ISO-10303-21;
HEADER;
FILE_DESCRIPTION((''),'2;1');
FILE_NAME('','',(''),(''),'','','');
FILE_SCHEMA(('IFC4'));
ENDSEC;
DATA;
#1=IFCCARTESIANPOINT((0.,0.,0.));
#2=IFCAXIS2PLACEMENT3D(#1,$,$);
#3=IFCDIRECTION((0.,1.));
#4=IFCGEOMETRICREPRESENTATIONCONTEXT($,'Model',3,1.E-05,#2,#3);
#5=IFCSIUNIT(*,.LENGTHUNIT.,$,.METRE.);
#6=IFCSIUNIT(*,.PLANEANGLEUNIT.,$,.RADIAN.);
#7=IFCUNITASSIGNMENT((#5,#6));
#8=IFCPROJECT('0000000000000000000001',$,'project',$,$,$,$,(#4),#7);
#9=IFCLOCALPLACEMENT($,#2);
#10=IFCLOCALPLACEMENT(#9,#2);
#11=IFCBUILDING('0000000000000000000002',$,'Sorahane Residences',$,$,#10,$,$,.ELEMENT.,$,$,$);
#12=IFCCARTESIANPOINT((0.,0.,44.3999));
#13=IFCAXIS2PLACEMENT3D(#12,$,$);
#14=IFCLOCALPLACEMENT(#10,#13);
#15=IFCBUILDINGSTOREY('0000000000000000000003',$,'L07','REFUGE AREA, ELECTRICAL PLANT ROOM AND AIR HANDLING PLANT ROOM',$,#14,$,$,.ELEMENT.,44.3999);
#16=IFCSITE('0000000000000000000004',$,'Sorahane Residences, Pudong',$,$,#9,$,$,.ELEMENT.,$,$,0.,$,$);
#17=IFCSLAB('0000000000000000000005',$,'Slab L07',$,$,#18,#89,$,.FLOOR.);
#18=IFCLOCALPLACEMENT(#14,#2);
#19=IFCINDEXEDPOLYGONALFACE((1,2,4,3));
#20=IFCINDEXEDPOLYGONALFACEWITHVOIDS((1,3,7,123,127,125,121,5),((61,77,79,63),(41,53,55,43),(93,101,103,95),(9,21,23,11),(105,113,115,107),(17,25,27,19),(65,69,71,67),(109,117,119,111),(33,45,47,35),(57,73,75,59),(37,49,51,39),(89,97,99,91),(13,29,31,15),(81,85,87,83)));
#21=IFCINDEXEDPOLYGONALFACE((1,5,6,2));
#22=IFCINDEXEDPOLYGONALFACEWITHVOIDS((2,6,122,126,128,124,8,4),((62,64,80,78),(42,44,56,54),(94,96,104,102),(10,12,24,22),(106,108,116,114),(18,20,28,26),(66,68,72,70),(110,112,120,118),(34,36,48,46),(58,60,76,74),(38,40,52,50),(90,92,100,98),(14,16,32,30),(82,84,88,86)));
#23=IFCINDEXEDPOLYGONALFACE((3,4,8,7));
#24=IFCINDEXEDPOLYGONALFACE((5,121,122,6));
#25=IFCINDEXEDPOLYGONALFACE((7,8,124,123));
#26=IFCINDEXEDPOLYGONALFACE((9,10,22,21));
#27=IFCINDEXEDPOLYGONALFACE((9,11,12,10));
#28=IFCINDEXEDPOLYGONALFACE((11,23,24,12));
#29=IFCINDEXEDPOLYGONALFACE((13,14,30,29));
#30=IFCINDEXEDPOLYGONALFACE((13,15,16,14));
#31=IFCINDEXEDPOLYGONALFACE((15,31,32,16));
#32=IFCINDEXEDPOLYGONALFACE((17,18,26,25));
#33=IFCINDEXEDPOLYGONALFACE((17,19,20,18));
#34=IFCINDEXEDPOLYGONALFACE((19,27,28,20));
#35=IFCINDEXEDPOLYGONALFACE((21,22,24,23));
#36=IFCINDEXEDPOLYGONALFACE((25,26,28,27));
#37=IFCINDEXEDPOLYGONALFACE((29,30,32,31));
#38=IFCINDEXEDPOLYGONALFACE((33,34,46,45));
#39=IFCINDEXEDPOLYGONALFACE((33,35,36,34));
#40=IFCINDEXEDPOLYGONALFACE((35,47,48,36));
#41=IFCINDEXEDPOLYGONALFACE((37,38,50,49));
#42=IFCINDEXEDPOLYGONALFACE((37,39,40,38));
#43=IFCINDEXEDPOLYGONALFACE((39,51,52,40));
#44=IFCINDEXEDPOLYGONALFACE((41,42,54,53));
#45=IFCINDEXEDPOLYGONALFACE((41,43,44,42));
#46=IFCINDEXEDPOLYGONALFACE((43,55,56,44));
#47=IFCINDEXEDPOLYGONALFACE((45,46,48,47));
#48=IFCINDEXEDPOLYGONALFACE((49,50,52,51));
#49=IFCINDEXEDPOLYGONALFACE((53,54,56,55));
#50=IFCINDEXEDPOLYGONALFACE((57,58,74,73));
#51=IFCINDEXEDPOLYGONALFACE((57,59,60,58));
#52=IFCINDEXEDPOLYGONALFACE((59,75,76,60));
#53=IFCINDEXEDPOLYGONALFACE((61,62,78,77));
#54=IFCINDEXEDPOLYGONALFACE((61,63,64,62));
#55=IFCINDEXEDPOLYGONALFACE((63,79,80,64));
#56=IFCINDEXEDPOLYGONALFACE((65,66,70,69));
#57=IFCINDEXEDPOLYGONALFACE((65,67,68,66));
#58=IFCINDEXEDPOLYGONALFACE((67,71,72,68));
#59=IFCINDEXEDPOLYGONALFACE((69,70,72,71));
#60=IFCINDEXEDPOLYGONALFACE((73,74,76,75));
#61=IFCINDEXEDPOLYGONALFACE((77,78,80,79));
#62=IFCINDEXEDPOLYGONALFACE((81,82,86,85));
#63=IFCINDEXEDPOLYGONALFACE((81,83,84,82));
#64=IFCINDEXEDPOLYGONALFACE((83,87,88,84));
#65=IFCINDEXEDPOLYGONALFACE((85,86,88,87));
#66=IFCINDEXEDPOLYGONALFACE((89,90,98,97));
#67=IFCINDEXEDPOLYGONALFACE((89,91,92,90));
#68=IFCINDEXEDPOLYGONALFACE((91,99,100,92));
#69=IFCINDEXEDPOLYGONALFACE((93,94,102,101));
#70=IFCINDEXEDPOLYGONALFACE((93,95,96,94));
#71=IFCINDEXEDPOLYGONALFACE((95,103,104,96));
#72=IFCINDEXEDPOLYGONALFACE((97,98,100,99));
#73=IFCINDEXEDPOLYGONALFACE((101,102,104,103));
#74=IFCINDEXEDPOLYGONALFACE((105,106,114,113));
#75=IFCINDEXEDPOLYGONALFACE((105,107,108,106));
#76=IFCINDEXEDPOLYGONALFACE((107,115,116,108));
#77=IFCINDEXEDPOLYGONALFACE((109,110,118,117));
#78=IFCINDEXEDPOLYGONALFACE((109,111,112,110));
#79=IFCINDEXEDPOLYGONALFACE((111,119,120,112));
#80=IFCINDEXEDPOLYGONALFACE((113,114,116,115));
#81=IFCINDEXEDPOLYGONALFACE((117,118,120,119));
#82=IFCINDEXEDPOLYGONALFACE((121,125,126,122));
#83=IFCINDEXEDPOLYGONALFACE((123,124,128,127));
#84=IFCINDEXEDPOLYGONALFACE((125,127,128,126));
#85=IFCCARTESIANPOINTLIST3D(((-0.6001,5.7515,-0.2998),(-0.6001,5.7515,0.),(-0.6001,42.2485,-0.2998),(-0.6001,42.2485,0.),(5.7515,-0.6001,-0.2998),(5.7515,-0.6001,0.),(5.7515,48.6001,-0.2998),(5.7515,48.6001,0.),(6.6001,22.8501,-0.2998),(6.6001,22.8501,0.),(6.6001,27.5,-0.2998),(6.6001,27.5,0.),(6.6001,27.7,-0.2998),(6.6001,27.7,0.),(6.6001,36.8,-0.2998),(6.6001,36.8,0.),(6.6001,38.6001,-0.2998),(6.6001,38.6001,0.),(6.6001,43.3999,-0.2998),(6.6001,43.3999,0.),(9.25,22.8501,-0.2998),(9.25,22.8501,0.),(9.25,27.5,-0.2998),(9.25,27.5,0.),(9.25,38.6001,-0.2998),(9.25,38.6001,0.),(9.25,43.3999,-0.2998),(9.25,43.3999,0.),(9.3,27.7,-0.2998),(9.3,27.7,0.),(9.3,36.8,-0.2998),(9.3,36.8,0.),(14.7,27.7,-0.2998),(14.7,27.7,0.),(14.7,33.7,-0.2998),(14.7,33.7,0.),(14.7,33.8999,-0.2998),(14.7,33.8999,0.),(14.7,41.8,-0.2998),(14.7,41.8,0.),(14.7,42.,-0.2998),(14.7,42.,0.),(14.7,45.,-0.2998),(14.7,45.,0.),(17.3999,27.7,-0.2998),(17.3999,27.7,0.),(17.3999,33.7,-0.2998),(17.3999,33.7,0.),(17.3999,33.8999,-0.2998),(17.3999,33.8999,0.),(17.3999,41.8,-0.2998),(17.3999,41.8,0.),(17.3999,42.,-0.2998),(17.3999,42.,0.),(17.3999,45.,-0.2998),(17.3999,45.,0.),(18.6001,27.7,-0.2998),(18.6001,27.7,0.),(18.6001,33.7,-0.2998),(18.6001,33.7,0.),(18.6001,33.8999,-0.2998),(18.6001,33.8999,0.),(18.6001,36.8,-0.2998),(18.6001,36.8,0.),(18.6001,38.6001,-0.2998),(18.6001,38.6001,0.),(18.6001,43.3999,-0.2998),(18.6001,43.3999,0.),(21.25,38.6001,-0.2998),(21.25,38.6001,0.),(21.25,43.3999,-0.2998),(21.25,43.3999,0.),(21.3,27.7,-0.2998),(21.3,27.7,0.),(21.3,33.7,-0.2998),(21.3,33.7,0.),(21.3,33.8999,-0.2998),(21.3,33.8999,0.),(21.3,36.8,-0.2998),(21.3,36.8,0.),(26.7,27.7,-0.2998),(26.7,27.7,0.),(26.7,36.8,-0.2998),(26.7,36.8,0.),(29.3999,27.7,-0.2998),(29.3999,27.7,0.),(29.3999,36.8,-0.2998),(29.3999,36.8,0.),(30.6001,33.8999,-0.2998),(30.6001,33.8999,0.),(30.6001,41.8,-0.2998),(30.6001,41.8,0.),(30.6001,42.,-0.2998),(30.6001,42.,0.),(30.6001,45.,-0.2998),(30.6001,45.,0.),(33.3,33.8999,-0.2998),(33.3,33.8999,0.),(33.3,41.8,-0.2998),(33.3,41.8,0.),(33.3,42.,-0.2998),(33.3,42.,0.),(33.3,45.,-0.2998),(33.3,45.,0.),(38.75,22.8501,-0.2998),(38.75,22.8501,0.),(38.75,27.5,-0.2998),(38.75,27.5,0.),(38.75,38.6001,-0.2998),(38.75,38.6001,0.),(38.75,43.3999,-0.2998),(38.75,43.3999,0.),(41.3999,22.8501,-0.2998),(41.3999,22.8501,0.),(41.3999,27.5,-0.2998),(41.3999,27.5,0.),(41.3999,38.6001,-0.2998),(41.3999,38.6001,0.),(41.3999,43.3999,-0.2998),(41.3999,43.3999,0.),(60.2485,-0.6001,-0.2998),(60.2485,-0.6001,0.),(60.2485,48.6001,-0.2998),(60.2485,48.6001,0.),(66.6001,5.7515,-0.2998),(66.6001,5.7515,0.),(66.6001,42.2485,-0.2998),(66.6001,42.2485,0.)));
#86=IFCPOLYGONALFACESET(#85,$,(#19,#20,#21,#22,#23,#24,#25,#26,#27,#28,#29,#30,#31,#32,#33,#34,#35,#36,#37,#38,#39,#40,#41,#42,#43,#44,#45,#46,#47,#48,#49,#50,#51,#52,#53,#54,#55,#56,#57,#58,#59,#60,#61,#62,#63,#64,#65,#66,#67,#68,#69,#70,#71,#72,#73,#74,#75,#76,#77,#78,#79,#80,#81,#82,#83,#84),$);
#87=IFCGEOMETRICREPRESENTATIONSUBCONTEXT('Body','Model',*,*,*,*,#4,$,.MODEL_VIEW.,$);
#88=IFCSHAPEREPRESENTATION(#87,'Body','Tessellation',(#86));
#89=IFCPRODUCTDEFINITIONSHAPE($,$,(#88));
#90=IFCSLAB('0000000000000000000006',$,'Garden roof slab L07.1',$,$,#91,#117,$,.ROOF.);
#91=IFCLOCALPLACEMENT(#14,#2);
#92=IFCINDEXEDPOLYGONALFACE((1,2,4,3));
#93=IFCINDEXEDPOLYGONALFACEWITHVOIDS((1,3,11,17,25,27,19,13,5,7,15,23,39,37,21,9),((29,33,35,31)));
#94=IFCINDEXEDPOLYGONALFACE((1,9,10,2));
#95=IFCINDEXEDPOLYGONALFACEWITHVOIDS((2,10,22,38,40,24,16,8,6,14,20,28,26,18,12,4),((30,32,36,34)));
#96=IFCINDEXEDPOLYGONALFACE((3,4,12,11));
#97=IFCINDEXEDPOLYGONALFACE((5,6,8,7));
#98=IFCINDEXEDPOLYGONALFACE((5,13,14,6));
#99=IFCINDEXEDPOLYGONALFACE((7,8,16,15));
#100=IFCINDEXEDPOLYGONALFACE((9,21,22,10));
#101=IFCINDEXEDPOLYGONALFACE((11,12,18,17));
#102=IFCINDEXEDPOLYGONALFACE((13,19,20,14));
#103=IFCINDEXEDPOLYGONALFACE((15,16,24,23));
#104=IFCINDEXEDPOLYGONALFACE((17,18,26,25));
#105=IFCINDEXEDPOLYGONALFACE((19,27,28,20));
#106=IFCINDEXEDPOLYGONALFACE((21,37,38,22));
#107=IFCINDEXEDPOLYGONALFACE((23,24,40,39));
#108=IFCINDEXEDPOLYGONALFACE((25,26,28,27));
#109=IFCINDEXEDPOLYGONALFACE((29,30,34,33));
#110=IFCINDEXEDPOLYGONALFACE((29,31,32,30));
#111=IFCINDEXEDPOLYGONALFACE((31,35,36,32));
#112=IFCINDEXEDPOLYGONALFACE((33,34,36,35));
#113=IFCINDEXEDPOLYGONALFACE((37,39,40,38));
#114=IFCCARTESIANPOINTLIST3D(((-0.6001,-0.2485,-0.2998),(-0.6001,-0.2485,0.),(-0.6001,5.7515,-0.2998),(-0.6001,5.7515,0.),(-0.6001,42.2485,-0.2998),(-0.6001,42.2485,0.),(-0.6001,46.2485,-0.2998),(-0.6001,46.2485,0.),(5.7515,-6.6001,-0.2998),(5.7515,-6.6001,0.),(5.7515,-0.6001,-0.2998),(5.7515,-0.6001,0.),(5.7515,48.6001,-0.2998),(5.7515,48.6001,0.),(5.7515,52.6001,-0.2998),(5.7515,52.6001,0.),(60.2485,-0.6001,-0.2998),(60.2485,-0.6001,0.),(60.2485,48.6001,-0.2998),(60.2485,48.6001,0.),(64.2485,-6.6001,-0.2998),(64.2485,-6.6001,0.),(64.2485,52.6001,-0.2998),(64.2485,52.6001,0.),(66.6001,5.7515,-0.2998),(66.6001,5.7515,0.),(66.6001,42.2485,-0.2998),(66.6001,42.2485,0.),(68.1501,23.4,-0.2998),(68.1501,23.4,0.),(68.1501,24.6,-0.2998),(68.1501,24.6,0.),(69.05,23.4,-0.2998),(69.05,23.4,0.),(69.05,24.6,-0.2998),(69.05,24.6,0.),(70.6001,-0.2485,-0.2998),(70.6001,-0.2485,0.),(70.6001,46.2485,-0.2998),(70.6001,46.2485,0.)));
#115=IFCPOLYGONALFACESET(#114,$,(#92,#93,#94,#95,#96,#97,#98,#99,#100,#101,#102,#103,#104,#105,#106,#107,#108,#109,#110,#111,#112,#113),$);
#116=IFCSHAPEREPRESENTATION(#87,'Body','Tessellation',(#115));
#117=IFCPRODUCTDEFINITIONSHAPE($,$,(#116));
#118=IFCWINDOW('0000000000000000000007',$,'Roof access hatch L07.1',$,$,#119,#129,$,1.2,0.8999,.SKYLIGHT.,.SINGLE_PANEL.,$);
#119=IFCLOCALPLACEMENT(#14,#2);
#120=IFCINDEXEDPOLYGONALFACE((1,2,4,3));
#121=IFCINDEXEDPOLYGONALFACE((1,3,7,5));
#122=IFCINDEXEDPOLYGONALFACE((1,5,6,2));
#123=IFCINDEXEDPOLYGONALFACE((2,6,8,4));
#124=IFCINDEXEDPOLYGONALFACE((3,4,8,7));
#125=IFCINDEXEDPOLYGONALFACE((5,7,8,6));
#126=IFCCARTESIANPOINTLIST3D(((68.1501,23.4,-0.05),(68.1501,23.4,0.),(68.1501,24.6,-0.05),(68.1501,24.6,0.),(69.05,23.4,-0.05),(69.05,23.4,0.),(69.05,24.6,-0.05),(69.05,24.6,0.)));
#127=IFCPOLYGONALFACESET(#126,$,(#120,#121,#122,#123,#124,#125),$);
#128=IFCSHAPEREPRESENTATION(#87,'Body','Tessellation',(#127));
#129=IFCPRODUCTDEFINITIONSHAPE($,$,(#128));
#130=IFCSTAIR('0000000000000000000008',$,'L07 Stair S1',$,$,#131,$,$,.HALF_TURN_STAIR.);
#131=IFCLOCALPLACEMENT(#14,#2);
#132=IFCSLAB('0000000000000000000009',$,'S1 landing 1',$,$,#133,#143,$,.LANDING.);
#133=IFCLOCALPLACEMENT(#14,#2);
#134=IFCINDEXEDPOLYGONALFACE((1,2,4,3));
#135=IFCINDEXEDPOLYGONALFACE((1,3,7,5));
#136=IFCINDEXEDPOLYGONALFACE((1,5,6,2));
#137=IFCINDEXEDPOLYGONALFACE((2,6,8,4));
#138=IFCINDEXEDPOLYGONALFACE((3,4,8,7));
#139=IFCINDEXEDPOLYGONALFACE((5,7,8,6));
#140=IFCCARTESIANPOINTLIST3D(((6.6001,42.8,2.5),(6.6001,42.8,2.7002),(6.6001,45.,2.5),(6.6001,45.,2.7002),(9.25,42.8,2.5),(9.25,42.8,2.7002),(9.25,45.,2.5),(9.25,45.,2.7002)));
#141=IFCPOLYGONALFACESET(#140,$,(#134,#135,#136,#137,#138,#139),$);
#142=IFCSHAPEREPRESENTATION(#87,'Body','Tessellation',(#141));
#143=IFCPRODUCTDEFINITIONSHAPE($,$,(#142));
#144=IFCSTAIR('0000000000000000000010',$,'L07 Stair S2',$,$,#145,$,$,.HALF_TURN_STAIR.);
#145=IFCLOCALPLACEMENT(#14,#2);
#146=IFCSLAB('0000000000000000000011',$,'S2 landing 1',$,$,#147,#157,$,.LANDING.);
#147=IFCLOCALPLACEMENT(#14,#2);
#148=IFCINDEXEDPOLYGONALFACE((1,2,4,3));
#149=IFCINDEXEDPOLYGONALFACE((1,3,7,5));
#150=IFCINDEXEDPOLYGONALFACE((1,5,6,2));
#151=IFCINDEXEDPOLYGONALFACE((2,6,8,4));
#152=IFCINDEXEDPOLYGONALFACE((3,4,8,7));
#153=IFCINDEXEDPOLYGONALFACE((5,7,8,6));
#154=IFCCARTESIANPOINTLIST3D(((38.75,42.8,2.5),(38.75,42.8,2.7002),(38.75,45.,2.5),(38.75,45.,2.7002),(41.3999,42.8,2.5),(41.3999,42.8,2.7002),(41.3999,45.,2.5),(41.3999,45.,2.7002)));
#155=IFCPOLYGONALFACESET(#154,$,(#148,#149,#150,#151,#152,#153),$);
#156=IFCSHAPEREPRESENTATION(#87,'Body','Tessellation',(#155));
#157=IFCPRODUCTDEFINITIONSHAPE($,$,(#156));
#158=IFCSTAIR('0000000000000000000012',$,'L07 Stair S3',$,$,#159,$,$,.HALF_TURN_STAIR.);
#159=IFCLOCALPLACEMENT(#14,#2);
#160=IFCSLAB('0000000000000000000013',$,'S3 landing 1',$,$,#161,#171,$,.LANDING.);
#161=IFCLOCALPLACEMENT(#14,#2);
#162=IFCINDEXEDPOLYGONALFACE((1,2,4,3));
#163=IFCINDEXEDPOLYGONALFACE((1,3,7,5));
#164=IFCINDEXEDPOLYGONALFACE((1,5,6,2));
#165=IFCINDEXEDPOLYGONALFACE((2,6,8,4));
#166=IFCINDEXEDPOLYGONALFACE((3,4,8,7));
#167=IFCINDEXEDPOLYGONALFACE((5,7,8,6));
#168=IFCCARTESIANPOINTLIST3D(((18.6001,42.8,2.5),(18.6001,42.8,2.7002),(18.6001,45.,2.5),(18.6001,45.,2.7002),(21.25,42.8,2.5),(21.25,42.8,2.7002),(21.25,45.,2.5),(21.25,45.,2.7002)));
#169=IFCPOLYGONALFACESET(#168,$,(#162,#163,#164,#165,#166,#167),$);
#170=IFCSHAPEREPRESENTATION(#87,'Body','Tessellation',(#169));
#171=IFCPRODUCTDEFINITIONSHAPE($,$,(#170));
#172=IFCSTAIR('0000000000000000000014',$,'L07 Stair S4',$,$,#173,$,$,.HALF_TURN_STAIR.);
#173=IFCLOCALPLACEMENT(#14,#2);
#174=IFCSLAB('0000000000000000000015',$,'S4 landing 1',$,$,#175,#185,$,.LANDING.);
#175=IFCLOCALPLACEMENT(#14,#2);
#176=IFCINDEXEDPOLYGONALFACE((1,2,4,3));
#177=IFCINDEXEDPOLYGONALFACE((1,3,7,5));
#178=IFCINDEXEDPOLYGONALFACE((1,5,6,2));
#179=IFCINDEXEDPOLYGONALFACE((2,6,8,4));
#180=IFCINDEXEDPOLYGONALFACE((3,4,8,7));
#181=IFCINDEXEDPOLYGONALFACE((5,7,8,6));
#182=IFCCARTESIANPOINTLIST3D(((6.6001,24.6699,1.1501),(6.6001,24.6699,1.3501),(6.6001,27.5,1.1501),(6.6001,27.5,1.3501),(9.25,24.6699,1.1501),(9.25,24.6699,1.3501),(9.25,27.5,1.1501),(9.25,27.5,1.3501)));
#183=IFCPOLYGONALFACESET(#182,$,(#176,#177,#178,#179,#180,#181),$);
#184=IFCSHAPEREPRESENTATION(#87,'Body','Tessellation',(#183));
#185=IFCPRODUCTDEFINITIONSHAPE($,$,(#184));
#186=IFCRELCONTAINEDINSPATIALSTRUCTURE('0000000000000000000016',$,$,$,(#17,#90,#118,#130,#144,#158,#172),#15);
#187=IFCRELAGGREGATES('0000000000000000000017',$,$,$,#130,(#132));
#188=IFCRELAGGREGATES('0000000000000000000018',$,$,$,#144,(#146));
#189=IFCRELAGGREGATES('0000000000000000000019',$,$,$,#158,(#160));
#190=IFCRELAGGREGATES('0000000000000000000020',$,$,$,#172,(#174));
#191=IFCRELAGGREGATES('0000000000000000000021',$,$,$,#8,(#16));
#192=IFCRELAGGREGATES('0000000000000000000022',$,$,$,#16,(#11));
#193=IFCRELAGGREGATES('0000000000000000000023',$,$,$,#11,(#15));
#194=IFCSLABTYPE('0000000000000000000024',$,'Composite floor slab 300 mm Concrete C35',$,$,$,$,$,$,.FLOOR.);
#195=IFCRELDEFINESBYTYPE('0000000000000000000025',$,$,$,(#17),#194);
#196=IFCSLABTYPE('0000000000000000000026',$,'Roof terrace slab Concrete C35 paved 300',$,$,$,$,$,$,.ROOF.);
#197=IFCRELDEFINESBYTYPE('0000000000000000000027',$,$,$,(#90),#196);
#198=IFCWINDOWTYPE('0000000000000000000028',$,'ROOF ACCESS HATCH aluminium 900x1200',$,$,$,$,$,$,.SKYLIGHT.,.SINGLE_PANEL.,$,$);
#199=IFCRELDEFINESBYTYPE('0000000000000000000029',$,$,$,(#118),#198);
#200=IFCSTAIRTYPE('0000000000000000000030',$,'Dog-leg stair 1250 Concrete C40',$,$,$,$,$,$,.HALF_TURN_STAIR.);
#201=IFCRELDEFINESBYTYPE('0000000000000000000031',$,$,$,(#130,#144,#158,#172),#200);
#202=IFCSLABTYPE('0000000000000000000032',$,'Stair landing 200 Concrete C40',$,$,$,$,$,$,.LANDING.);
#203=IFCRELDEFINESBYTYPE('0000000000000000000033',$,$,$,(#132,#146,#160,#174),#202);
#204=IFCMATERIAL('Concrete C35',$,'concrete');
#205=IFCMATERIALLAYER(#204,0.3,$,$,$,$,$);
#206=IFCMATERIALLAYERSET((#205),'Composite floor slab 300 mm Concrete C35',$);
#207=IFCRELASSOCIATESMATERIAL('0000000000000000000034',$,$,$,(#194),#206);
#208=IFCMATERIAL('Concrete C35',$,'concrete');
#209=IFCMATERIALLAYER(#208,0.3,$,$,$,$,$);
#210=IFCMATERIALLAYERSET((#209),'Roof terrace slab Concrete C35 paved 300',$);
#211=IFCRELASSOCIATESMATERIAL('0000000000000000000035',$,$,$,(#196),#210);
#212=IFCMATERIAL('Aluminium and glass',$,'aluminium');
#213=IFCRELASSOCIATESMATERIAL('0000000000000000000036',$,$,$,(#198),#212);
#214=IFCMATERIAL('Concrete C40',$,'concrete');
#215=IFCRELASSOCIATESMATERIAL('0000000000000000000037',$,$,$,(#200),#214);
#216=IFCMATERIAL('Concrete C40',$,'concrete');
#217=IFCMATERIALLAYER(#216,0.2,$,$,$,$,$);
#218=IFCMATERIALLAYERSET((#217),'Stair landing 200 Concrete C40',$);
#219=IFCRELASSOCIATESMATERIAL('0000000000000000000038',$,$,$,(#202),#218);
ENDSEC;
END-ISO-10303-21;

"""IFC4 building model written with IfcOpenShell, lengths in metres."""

from ifc_helpers import new_model, si_unit, direction, frame, origin, origin_2d, place, context, subcontext, project, spatial, polyline, rectangle, outline, extrude, material, layer, layer_set, type_object, element, fill, aggregate, save


model = new_model("IFC4")

# Units and contexts
model_context = context("Model", 3, precision=1e-05, world=origin(), true_north=direction((0.0, 1.0)))
body_context = subcontext(model_context, "Body", "Model", "MODEL_VIEW")
ifc_project = project(units=[si_unit("LENGTHUNIT", "METRE"), si_unit("PLANEANGLEUNIT", "RADIAN")], contexts=[model_context])

# Site, building, storey
site_placement = place(None, origin())
site = spatial("IfcSite", under=ifc_project, at=site_placement, Name="Sorahane Residences, Pudong", CompositionType="ELEMENT", RefElevation=0.0)
building_placement = place(site_placement, origin())
building = spatial("IfcBuilding", under=site, at=building_placement, Name="Sorahane Residences", CompositionType="ELEMENT")
storey_placement = place(building_placement, frame((0.0, 0.0, 44.3999)))
storey = spatial("IfcBuildingStorey", under=building, at=storey_placement, Name="L07", Description="REFUGE AREA, ELECTRICAL PLANT ROOM AND AIR HANDLING PLANT ROOM", CompositionType="ELEMENT", Elevation=44.3999)

# Slab
ifc_material_1 = material(Name="Concrete C35", Category="concrete")
ifc_layer_1 = layer(ifc_material_1, 0.3)
ifc_layer_set_1 = layer_set([ifc_layer_1], Name="Composite floor slab 300 mm Concrete C35")
slab_type_1 = type_object("IfcSlabType", Name="Composite floor slab 300 mm Concrete C35", PredefinedType="FLOOR", material=ifc_layer_set_1)
slab_1_placement = place(storey_placement, frame((0.0, 0.0, -0.2998)))
element("IfcSlab", 1, at=slab_1_placement, inside=storey, type_object=slab_type_1, Name="Slab L07", PredefinedType="FLOOR", context=body_context, shape_type="SweptSolid", body=[
    extrude(outline(polyline([(5.7515, -0.6001), (-0.6001, 5.7515), (-0.6001, 42.2485), (5.7515, 48.6001), (60.2485, 48.6001), (66.6001, 42.2485), (66.6001, 5.7515), (60.2485, -0.6001), (5.7515, -0.6001)]), holes=[polyline([(18.6001, 27.7), (21.3, 27.7), (21.3, 33.7), (18.6001, 33.7), (18.6001, 27.7)]), polyline([(30.6001, 42.0), (33.3, 42.0), (33.3, 45.0), (30.6001, 45.0), (30.6001, 42.0)]), polyline([(14.7, 27.7), (17.3999, 27.7), (17.3999, 33.7), (14.7, 33.7), (14.7, 27.7)]), polyline([(14.7, 42.0), (17.3999, 42.0), (17.3999, 45.0), (14.7, 45.0), (14.7, 42.0)]), polyline([(6.6001, 27.7), (9.3, 27.7), (9.3, 36.8), (6.6001, 36.8), (6.6001, 27.7)]), polyline([(6.6001, 43.3999), (9.25, 43.3999), (9.25, 38.6001), (6.6001, 38.6001), (6.6001, 43.3999)]), polyline([(38.75, 43.3999), (41.3999, 43.3999), (41.3999, 38.6001), (38.75, 38.6001), (38.75, 43.3999)]), polyline([(18.6001, 43.3999), (21.25, 43.3999), (21.25, 38.6001), (18.6001, 38.6001), (18.6001, 43.3999)]), polyline([(6.6001, 27.5), (9.25, 27.5), (9.25, 22.8501), (6.6001, 22.8501), (6.6001, 27.5)]), polyline([(38.75, 27.5), (41.3999, 27.5), (41.3999, 22.8501), (38.75, 22.8501), (38.75, 27.5)]), polyline([(14.7, 33.8999), (17.3999, 33.8999), (17.3999, 41.8), (14.7, 41.8), (14.7, 33.8999)]), polyline([(30.6001, 33.8999), (33.3, 33.8999), (33.3, 41.8), (30.6001, 41.8), (30.6001, 33.8999)]), polyline([(18.6001, 33.8999), (21.3, 33.8999), (21.3, 36.8), (18.6001, 36.8), (18.6001, 33.8999)]), polyline([(26.7, 27.7), (29.3999, 27.7), (29.3999, 36.8), (26.7, 36.8), (26.7, 27.7)])]), origin(), (0.0, 0.0, 1.0), 0.2998),
])

# Slab, opening, window
ifc_material_2 = material(Name="Concrete C35", Category="concrete")
ifc_layer_2 = layer(ifc_material_2, 0.3)
ifc_layer_set_2 = layer_set([ifc_layer_2], Name="Roof terrace slab Concrete C35 paved 300")
slab_type_2 = type_object("IfcSlabType", Name="Roof terrace slab Concrete C35 paved 300", PredefinedType="ROOF", material=ifc_layer_set_2)
slab_2_placement = place(storey_placement, frame((0.0, 0.0, -0.2998)))
slab_2 = element("IfcSlab", 2, at=slab_2_placement, inside=storey, type_object=slab_type_2, Name="Garden roof slab L07.1", PredefinedType="ROOF", context=body_context, shape_type="SweptSolid", body=[
    extrude(outline(polyline([(-0.6001, -0.2485), (-0.6001, 5.7515), (5.7515, -0.6001), (60.2485, -0.6001), (66.6001, 5.7515), (66.6001, 42.2485), (60.2485, 48.6001), (5.7515, 48.6001), (-0.6001, 42.2485), (-0.6001, 46.2485), (5.7515, 52.6001), (64.2485, 52.6001), (70.6001, 46.2485), (70.6001, -0.2485), (64.2485, -6.6001), (5.7515, -6.6001), (-0.6001, -0.2485)])), origin(), (0.0, 0.0, 1.0), 0.2998),
])
opening_1_placement = place(slab_2_placement, frame((68.6001, 24.0, 0.0)))
opening_1 = element("IfcOpeningElement", 3, at=opening_1_placement, cuts=slab_2, PredefinedType="OPENING", context=body_context, shape_type="SweptSolid", body=[
    extrude(rectangle(XDim=0.8999, YDim=1.2, at=origin_2d()), frame((0.0, 0.0, -0.01)), (0.0, 0.0, 1.0), 0.3198),
])
ifc_material_3 = material(Name="Aluminium and glass", Category="aluminium")
window_type_1 = type_object("IfcWindowType", Name="ROOF ACCESS HATCH aluminium 900x1200", PartitioningType="SINGLE_PANEL", PredefinedType="SKYLIGHT", material=ifc_material_3)
window_1_placement = place(opening_1_placement, frame((0.0, 0.0, 0.2498)))
window_1 = element("IfcWindow", 4, at=window_1_placement, inside=storey, type_object=window_type_1, Name="Roof access hatch L07.1", OverallHeight=1.2, OverallWidth=0.8999, PartitioningType="SINGLE_PANEL", PredefinedType="SKYLIGHT", context=body_context, shape_type="SweptSolid", body=[
    extrude(rectangle(XDim=0.8999, YDim=1.2, at=origin_2d()), origin(), (0.0, 0.0, 1.0), 0.05),
])
fill(opening_1, window_1)

# Stairs, slabs
ifc_material_4 = material(Name="Concrete C40", Category="concrete")
stair_type = type_object("IfcStairType", Name="Dog-leg stair 1250 Concrete C40", PredefinedType="HALF_TURN_STAIR", material=ifc_material_4)
stair_1_placement = place(storey_placement, origin())
stair_1 = element("IfcStair", 5, at=stair_1_placement, inside=storey, type_object=stair_type, Name="L07 Stair S1", PredefinedType="HALF_TURN_STAIR")
ifc_material_5 = material(Name="Concrete C40", Category="concrete")
ifc_layer_3 = layer(ifc_material_5, 0.2)
ifc_layer_set_3 = layer_set([ifc_layer_3], Name="Stair landing 200 Concrete C40")
slab_type_3 = type_object("IfcSlabType", Name="Stair landing 200 Concrete C40", PredefinedType="LANDING", material=ifc_layer_set_3)
slab_3_placement = place(storey_placement, frame((0.0, 0.0, 2.5)))
slab_3 = element("IfcSlab", 6, at=slab_3_placement, type_object=slab_type_3, Name="S1 landing 1", PredefinedType="LANDING", context=body_context, shape_type="SweptSolid", body=[
    extrude(outline(polyline([(9.25, 42.8), (9.25, 45.0), (6.6001, 45.0), (6.6001, 42.8), (9.25, 42.8)])), origin(), (0.0, 0.0, 1.0), 0.2002),
])
aggregate(stair_1, [slab_3])
stair_2_placement = place(storey_placement, origin())
stair_2 = element("IfcStair", 7, at=stair_2_placement, inside=storey, type_object=stair_type, Name="L07 Stair S2", PredefinedType="HALF_TURN_STAIR")
slab_4_placement = place(storey_placement, frame((0.0, 0.0, 2.5)))
slab_4 = element("IfcSlab", 8, at=slab_4_placement, type_object=slab_type_3, Name="S2 landing 1", PredefinedType="LANDING", context=body_context, shape_type="SweptSolid", body=[
    extrude(outline(polyline([(41.3999, 42.8), (41.3999, 45.0), (38.75, 45.0), (38.75, 42.8), (41.3999, 42.8)])), origin(), (0.0, 0.0, 1.0), 0.2002),
])
aggregate(stair_2, [slab_4])
stair_3_placement = place(storey_placement, origin())
stair_3 = element("IfcStair", 9, at=stair_3_placement, inside=storey, type_object=stair_type, Name="L07 Stair S3", PredefinedType="HALF_TURN_STAIR")
slab_5_placement = place(storey_placement, frame((0.0, 0.0, 2.5)))
slab_5 = element("IfcSlab", 10, at=slab_5_placement, type_object=slab_type_3, Name="S3 landing 1", PredefinedType="LANDING", context=body_context, shape_type="SweptSolid", body=[
    extrude(outline(polyline([(21.25, 42.8), (21.25, 45.0), (18.6001, 45.0), (18.6001, 42.8), (21.25, 42.8)])), origin(), (0.0, 0.0, 1.0), 0.2002),
])
aggregate(stair_3, [slab_5])

# Stair, slab
stair_4_placement = place(storey_placement, origin())
stair_4 = element("IfcStair", 11, at=stair_4_placement, inside=storey, type_object=stair_type, Name="L07 Stair S4", PredefinedType="HALF_TURN_STAIR")
slab_6_placement = place(storey_placement, frame((0.0, 0.0, 1.1501)))
slab_6 = element("IfcSlab", 12, at=slab_6_placement, type_object=slab_type_3, Name="S4 landing 1", PredefinedType="LANDING", context=body_context, shape_type="SweptSolid", body=[
    extrude(outline(polyline([(9.25, 24.6699), (9.25, 27.5), (6.6001, 27.5), (6.6001, 24.6699), (9.25, 24.6699)])), origin(), (0.0, 0.0, 1.0), 0.2),
])
aggregate(stair_4, [slab_6])

save(model, "model.ifc")
